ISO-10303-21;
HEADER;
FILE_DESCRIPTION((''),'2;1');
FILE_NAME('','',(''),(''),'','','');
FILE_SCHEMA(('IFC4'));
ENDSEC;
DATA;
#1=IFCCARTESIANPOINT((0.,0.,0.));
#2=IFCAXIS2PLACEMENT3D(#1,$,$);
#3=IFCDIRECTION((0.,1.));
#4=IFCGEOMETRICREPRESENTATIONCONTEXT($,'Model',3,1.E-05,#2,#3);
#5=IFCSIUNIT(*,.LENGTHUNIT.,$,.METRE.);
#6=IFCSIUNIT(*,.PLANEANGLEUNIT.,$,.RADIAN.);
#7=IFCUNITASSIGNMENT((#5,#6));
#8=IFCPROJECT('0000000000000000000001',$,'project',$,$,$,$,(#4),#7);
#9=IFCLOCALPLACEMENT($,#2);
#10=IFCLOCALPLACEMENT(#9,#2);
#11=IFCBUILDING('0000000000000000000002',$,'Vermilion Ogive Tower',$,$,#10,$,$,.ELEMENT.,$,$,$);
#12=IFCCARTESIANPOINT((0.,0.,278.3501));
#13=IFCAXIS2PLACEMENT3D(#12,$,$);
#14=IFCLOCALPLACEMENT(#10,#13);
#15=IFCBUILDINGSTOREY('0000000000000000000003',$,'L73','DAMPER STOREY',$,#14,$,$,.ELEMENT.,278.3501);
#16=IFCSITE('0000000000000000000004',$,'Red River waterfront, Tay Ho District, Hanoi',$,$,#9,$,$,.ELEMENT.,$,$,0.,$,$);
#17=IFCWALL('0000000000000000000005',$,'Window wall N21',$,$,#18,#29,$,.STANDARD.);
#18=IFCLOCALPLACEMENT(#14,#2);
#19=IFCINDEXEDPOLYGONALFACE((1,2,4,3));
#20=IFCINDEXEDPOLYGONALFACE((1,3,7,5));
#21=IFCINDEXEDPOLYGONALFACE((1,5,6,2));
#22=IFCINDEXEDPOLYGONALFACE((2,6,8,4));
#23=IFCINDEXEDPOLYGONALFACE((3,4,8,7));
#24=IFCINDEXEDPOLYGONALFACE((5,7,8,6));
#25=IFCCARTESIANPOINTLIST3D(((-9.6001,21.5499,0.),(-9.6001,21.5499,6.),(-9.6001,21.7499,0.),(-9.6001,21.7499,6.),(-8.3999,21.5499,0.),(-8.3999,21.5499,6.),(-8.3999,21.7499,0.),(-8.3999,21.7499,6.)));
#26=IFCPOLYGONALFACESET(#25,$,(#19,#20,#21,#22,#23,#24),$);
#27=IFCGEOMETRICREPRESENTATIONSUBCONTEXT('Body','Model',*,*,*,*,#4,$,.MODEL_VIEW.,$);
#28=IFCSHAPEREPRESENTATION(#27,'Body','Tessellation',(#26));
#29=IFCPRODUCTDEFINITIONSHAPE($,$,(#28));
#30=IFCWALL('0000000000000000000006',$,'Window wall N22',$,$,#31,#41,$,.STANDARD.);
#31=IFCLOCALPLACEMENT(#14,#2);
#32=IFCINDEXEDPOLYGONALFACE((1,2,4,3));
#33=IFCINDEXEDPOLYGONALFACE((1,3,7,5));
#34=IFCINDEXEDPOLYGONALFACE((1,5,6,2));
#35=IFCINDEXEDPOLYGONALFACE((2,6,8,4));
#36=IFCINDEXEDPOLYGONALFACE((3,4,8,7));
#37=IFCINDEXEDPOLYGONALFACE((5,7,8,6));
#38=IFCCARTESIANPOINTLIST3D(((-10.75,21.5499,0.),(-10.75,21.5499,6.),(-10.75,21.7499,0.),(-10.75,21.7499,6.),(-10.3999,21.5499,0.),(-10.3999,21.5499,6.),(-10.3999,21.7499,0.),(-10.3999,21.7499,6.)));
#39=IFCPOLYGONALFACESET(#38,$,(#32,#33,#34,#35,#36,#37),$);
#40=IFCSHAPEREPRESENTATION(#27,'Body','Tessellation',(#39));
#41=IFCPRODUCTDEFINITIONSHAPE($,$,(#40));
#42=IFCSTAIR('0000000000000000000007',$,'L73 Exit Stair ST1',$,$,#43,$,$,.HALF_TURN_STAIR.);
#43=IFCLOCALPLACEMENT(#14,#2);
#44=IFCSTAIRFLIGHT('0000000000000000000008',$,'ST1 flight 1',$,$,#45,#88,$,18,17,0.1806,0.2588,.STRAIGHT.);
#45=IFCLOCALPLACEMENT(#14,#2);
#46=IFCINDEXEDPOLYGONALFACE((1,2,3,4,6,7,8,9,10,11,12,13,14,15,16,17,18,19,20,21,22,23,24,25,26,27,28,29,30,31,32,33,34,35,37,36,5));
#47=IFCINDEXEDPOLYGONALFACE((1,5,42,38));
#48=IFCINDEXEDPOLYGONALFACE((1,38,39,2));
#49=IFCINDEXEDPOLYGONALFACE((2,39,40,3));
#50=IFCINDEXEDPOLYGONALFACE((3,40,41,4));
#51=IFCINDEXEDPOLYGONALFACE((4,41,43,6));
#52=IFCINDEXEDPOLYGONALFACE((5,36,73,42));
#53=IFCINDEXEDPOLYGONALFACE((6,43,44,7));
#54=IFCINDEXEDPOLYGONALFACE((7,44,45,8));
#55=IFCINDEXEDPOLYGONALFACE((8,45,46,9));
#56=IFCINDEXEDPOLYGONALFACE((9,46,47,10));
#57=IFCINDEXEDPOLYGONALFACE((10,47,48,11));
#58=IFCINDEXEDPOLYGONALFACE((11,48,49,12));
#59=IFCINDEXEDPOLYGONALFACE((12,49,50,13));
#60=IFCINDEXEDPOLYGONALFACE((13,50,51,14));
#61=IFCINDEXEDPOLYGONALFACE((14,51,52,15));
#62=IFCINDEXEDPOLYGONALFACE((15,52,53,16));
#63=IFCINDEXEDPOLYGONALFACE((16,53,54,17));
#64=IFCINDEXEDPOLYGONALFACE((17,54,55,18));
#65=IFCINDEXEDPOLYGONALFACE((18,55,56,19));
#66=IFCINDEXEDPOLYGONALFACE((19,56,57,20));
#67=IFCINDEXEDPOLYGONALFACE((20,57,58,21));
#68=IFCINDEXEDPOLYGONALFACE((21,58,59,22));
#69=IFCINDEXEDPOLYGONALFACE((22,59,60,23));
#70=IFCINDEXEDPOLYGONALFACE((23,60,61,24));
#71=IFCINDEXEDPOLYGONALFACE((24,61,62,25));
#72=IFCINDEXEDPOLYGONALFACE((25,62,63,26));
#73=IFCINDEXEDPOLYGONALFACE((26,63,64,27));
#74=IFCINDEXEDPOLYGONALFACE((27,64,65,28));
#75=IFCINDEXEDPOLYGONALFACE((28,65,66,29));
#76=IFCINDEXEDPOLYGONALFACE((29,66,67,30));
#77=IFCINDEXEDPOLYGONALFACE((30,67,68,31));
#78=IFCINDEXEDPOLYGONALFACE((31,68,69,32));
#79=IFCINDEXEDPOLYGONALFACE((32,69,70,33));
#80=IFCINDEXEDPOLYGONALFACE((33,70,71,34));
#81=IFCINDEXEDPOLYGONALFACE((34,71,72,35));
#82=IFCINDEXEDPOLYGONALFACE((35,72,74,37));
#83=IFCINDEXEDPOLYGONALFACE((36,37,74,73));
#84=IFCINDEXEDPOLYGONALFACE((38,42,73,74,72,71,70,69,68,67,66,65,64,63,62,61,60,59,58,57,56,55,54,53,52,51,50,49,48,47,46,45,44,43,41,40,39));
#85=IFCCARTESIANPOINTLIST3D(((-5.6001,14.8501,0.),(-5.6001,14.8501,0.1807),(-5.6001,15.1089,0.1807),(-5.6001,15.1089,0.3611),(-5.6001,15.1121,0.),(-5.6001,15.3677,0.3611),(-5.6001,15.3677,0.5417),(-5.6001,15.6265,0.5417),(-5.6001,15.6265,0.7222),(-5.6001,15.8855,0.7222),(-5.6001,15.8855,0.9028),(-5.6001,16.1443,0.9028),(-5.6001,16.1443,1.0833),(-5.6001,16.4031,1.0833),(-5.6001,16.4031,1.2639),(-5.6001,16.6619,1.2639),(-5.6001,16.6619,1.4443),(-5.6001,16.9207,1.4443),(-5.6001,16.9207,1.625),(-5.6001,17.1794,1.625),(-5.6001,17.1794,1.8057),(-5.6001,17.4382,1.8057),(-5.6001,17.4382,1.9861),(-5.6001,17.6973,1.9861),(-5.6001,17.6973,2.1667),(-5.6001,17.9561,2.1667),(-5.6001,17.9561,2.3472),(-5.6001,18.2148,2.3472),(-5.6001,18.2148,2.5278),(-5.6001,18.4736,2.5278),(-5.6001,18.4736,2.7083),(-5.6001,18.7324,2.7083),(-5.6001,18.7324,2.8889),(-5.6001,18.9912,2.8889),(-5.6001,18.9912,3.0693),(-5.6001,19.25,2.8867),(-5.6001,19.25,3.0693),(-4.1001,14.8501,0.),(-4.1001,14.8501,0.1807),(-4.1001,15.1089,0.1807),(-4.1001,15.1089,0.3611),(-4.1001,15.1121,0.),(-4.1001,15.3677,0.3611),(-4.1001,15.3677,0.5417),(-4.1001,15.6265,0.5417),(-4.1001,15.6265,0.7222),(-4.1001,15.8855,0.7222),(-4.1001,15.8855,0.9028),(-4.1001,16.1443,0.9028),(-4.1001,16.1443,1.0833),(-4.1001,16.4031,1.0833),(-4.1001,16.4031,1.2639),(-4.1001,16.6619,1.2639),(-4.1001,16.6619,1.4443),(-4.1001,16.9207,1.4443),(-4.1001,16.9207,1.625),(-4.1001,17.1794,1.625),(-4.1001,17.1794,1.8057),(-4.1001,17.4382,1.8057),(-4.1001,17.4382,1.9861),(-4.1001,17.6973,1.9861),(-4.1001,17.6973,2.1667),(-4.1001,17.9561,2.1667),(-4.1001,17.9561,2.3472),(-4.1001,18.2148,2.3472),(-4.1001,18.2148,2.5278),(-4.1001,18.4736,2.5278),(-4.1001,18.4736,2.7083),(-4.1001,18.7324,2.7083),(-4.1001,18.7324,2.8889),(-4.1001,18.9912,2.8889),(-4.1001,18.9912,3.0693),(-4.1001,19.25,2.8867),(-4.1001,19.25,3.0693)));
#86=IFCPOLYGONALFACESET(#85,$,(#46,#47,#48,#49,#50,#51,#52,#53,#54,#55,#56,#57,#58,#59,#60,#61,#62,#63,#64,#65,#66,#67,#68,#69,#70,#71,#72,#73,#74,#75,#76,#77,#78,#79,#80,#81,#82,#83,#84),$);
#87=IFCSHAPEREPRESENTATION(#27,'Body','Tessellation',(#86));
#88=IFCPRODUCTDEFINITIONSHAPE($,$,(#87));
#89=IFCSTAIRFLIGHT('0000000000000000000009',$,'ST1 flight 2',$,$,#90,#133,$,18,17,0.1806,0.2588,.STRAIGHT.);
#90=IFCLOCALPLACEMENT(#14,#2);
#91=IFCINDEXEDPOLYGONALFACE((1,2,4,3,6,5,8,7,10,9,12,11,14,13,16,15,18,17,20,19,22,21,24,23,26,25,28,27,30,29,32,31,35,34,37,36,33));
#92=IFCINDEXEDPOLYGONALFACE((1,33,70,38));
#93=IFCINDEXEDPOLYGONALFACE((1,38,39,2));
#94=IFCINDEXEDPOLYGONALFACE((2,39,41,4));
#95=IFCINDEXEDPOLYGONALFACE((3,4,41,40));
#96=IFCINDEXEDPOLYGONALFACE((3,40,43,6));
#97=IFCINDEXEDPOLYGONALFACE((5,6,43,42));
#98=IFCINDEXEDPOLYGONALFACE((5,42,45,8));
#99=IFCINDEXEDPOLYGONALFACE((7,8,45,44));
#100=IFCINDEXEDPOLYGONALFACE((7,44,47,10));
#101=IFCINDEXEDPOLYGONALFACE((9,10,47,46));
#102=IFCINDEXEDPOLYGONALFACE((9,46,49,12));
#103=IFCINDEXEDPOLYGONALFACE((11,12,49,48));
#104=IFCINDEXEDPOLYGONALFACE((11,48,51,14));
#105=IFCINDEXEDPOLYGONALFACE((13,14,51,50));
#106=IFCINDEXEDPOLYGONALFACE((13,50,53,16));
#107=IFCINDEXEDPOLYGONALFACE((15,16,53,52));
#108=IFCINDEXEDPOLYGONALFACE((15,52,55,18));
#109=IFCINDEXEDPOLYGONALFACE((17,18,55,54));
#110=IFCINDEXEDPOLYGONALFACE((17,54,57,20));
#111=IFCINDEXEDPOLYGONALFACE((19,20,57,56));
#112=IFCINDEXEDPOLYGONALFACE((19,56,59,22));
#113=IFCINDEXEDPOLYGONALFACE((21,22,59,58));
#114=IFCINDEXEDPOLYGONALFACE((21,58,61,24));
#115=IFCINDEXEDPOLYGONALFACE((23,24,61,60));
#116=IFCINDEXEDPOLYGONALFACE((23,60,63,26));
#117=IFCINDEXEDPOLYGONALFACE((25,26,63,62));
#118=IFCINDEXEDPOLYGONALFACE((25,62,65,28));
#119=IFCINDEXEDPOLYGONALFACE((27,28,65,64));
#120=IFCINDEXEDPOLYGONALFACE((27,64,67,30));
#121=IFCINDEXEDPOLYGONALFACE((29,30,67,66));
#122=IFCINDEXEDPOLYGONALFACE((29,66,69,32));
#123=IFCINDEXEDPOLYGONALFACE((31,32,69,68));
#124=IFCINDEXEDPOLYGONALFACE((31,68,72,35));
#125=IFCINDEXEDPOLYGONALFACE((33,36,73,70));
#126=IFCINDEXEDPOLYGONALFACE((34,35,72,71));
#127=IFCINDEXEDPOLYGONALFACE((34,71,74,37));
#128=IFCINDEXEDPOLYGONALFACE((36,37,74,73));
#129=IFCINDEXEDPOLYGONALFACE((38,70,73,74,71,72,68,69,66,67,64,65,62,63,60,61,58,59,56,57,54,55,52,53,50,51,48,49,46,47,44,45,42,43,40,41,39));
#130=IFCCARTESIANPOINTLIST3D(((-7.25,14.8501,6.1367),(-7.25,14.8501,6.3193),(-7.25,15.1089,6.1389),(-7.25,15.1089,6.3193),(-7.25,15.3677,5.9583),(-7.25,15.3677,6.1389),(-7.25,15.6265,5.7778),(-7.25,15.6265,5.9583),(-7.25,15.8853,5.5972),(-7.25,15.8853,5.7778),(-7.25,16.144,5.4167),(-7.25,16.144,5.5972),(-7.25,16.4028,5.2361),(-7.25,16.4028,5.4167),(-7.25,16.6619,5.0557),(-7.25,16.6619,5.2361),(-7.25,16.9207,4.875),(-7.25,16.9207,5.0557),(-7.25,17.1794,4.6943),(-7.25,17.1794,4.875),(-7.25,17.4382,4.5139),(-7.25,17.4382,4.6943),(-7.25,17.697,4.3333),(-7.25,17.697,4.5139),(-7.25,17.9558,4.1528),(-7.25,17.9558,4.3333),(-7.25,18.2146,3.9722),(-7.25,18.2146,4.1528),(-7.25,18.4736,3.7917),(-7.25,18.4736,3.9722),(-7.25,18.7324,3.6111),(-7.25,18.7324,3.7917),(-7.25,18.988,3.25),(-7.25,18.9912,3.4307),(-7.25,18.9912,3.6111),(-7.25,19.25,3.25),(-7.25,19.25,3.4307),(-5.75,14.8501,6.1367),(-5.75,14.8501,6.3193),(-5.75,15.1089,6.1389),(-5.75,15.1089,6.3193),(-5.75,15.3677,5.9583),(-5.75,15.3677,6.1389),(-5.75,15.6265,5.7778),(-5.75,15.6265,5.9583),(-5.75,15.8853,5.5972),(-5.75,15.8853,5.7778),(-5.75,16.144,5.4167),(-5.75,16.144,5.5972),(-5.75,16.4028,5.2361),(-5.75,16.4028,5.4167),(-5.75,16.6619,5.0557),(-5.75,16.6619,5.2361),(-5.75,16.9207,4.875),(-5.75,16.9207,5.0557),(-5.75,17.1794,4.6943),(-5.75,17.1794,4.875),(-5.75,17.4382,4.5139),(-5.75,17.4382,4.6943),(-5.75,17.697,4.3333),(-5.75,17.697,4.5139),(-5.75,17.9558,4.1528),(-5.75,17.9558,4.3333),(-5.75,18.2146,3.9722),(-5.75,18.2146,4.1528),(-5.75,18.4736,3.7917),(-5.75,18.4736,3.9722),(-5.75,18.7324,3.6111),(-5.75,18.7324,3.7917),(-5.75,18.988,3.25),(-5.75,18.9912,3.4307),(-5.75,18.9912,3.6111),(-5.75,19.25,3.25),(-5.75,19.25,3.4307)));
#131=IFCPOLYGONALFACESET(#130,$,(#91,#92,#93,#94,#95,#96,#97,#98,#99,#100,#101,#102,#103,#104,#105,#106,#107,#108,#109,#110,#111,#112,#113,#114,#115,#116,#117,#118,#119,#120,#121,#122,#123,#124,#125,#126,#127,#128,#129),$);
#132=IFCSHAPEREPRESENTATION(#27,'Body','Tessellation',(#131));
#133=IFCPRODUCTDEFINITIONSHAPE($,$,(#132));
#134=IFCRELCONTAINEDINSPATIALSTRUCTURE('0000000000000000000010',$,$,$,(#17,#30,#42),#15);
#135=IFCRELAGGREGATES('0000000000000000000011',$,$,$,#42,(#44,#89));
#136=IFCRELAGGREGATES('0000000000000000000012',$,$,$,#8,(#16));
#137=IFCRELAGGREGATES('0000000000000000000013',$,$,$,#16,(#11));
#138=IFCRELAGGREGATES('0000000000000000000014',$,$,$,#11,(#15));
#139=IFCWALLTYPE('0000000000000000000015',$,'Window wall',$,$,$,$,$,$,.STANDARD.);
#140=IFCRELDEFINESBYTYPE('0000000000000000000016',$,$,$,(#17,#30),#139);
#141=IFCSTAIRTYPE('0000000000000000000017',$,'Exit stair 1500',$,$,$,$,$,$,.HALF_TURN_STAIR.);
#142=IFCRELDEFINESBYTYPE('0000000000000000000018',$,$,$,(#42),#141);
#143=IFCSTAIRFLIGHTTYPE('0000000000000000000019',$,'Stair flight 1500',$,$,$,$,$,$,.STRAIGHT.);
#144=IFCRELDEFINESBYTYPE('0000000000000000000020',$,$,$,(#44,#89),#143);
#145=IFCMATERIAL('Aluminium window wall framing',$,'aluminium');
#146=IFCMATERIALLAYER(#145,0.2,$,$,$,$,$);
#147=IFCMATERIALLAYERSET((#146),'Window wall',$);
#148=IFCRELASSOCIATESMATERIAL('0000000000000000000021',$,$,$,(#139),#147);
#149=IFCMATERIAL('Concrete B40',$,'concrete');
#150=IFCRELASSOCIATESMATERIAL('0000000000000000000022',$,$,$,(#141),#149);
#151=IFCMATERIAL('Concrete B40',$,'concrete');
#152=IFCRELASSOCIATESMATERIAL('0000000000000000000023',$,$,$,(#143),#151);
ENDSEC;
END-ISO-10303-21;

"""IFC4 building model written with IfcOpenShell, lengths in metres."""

from ifc_helpers import new_model, si_unit, direction, frame, frame_2d, origin, place, context, subcontext, project, spatial, polyline, rectangle, outline, extrude, material, layer, layer_set, type_object, element, aggregate, save


model = new_model("IFC4")

# Units and contexts
model_context = context("Model", 3, precision=1e-05, world=origin(), true_north=direction((0.0, 1.0)))
body_context = subcontext(model_context, "Body", "Model", "MODEL_VIEW")
ifc_project = project(units=[si_unit("LENGTHUNIT", "METRE"), si_unit("PLANEANGLEUNIT", "RADIAN")], contexts=[model_context])

# Site, building, storey
site_placement = place(None, origin())
site = spatial("IfcSite", under=ifc_project, at=site_placement, Name="Red River waterfront, Tay Ho District, Hanoi", CompositionType="ELEMENT", RefElevation=0.0)
building_placement = place(site_placement, origin())
building = spatial("IfcBuilding", under=site, at=building_placement, Name="Vermilion Ogive Tower", CompositionType="ELEMENT")
storey_placement = place(building_placement, frame((0.0, 0.0, 278.3501)))
storey = spatial("IfcBuildingStorey", under=building, at=storey_placement, Name="L73", Description="DAMPER STOREY", CompositionType="ELEMENT", Elevation=278.3501)

# Walls
ifc_material_1 = material(Name="Aluminium window wall framing", Category="aluminium")
ifc_layer_1 = layer(ifc_material_1, 0.2)
ifc_layer_set_1 = layer_set([ifc_layer_1], Name="Window wall")
wall_type_1 = type_object("IfcWallType", Name="Window wall", PredefinedType="STANDARD", material=ifc_layer_set_1)
wall_1_placement = place(storey_placement, frame((-8.3999, 21.6499, 0.0), z_axis=(0.0, 0.0, 1.0), x_axis=(-1.0, 0.0, 0.0)))
element("IfcWall", 1, at=wall_1_placement, inside=storey, type_object=wall_type_1, Name="Window wall N21", PredefinedType="STANDARD", context=body_context, shape_type="SweptSolid", body=[
    extrude(rectangle(XDim=1.2002, YDim=0.2, at=frame_2d((0.6001, 0.0))), origin(), (0.0, 0.0, 1.0), 6.0),
])
wall_2_placement = place(storey_placement, frame((-10.3999, 21.6499, 0.0), z_axis=(0.0, 0.0, 1.0), x_axis=(-1.0, 0.0, 0.0)))
element("IfcWall", 2, at=wall_2_placement, inside=storey, type_object=wall_type_1, Name="Window wall N22", PredefinedType="STANDARD", context=body_context, shape_type="SweptSolid", body=[
    extrude(rectangle(XDim=0.3501, YDim=0.2, at=frame_2d((0.175, 0.0))), origin(), (0.0, 0.0, 1.0), 6.0),
])

# Stair, stair flights
ifc_material_2 = material(Name="Concrete B40", Category="concrete")
stair_type = type_object("IfcStairType", Name="Exit stair 1500", PredefinedType="HALF_TURN_STAIR", material=ifc_material_2)
stair_placement = place(storey_placement, origin())
stair = element("IfcStair", 3, at=stair_placement, inside=storey, type_object=stair_type, Name="L73 Exit Stair ST1", PredefinedType="HALF_TURN_STAIR")
ifc_material_3 = material(Name="Concrete B40", Category="concrete")
stair_flight_type = type_object("IfcStairFlightType", Name="Stair flight 1500", PredefinedType="STRAIGHT", material=ifc_material_3)
stair_flight_1_placement = place(storey_placement, frame((-4.8501, 14.8501, 0.0), z_axis=(0.0, 0.0, 1.0), x_axis=(0.0, 1.0, 0.0)))
stair_flight_1 = element("IfcStairFlight", 4, at=stair_flight_1_placement, type_object=stair_flight_type, Name="ST1 flight 1", NumberOfRisers=18, NumberOfTreads=17, PredefinedType="STRAIGHT", RiserHeight=0.1806, TreadLength=0.2588, context=body_context, shape_type="SweptSolid", body=[
    extrude(outline(polyline([(0.0, 0.0), (0.0, 0.1807), (0.2588, 0.1807), (0.2588, 0.3611), (0.5176, 0.3611), (0.5176, 0.5417), (0.7764, 0.5417), (0.7764, 0.7222), (1.0354, 0.7222), (1.0354, 0.9028), (1.2942, 0.9028), (1.2942, 1.0833), (1.553, 1.0833), (1.553, 1.2639), (1.8118, 1.2639), (1.8118, 1.4443), (2.0706, 1.4443), (2.0706, 1.625), (2.3293, 1.625), (2.3293, 1.8057), (2.5881, 1.8057), (2.5881, 1.9861), (2.8472, 1.9861), (2.8472, 2.1667), (3.106, 2.1667), (3.106, 2.3472), (3.3647, 2.3472), (3.3647, 2.5278), (3.6235, 2.5278), (3.6235, 2.7083), (3.8823, 2.7083), (3.8823, 2.8889), (4.1411, 2.8889), (4.1411, 3.0693), (4.3999, 3.0693), (4.3999, 3.25), (4.3999, 2.8867), (0.262, 0.0), (0.0, 0.0)])), frame((0.0, 0.75, 0.0), z_axis=(0.0, -1.0, 0.0), x_axis=(1.0, 0.0, 0.0)), (0.0, 0.0, 1.0), 1.5),
])
stair_flight_2_placement = place(storey_placement, frame((-6.5, 19.25, 3.25), z_axis=(0.0, 0.0, 1.0), x_axis=(0.0, -1.0, 0.0)))
stair_flight_2 = element("IfcStairFlight", 5, at=stair_flight_2_placement, type_object=stair_flight_type, Name="ST1 flight 2", NumberOfRisers=18, NumberOfTreads=17, PredefinedType="STRAIGHT", RiserHeight=0.1806, TreadLength=0.2588, context=body_context, shape_type="SweptSolid", body=[
    extrude(outline(polyline([(0.0, 0.0), (0.0, 0.1807), (0.2588, 0.1807), (0.2588, 0.3611), (0.5176, 0.3611), (0.5176, 0.5417), (0.7764, 0.5417), (0.7764, 0.7222), (1.0354, 0.7222), (1.0354, 0.9028), (1.2942, 0.9028), (1.2942, 1.0833), (1.553, 1.0833), (1.553, 1.2639), (1.8118, 1.2639), (1.8118, 1.4443), (2.0706, 1.4443), (2.0706, 1.625), (2.3293, 1.625), (2.3293, 1.8057), (2.5881, 1.8057), (2.5881, 1.9861), (2.8472, 1.9861), (2.8472, 2.1667), (3.106, 2.1667), (3.106, 2.3472), (3.3647, 2.3472), (3.3647, 2.5278), (3.6235, 2.5278), (3.6235, 2.7083), (3.8823, 2.7083), (3.8823, 2.8889), (4.1411, 2.8889), (4.1411, 3.0693), (4.3999, 3.0693), (4.3999, 3.25), (4.3999, 2.8867), (0.262, 0.0), (0.0, 0.0)])), frame((0.0, 0.75, 0.0), z_axis=(0.0, -1.0, 0.0), x_axis=(1.0, 0.0, 0.0)), (0.0, 0.0, 1.0), 1.5),
])
aggregate(stair, [stair_flight_1, stair_flight_2])

save(model, "model.ifc")
